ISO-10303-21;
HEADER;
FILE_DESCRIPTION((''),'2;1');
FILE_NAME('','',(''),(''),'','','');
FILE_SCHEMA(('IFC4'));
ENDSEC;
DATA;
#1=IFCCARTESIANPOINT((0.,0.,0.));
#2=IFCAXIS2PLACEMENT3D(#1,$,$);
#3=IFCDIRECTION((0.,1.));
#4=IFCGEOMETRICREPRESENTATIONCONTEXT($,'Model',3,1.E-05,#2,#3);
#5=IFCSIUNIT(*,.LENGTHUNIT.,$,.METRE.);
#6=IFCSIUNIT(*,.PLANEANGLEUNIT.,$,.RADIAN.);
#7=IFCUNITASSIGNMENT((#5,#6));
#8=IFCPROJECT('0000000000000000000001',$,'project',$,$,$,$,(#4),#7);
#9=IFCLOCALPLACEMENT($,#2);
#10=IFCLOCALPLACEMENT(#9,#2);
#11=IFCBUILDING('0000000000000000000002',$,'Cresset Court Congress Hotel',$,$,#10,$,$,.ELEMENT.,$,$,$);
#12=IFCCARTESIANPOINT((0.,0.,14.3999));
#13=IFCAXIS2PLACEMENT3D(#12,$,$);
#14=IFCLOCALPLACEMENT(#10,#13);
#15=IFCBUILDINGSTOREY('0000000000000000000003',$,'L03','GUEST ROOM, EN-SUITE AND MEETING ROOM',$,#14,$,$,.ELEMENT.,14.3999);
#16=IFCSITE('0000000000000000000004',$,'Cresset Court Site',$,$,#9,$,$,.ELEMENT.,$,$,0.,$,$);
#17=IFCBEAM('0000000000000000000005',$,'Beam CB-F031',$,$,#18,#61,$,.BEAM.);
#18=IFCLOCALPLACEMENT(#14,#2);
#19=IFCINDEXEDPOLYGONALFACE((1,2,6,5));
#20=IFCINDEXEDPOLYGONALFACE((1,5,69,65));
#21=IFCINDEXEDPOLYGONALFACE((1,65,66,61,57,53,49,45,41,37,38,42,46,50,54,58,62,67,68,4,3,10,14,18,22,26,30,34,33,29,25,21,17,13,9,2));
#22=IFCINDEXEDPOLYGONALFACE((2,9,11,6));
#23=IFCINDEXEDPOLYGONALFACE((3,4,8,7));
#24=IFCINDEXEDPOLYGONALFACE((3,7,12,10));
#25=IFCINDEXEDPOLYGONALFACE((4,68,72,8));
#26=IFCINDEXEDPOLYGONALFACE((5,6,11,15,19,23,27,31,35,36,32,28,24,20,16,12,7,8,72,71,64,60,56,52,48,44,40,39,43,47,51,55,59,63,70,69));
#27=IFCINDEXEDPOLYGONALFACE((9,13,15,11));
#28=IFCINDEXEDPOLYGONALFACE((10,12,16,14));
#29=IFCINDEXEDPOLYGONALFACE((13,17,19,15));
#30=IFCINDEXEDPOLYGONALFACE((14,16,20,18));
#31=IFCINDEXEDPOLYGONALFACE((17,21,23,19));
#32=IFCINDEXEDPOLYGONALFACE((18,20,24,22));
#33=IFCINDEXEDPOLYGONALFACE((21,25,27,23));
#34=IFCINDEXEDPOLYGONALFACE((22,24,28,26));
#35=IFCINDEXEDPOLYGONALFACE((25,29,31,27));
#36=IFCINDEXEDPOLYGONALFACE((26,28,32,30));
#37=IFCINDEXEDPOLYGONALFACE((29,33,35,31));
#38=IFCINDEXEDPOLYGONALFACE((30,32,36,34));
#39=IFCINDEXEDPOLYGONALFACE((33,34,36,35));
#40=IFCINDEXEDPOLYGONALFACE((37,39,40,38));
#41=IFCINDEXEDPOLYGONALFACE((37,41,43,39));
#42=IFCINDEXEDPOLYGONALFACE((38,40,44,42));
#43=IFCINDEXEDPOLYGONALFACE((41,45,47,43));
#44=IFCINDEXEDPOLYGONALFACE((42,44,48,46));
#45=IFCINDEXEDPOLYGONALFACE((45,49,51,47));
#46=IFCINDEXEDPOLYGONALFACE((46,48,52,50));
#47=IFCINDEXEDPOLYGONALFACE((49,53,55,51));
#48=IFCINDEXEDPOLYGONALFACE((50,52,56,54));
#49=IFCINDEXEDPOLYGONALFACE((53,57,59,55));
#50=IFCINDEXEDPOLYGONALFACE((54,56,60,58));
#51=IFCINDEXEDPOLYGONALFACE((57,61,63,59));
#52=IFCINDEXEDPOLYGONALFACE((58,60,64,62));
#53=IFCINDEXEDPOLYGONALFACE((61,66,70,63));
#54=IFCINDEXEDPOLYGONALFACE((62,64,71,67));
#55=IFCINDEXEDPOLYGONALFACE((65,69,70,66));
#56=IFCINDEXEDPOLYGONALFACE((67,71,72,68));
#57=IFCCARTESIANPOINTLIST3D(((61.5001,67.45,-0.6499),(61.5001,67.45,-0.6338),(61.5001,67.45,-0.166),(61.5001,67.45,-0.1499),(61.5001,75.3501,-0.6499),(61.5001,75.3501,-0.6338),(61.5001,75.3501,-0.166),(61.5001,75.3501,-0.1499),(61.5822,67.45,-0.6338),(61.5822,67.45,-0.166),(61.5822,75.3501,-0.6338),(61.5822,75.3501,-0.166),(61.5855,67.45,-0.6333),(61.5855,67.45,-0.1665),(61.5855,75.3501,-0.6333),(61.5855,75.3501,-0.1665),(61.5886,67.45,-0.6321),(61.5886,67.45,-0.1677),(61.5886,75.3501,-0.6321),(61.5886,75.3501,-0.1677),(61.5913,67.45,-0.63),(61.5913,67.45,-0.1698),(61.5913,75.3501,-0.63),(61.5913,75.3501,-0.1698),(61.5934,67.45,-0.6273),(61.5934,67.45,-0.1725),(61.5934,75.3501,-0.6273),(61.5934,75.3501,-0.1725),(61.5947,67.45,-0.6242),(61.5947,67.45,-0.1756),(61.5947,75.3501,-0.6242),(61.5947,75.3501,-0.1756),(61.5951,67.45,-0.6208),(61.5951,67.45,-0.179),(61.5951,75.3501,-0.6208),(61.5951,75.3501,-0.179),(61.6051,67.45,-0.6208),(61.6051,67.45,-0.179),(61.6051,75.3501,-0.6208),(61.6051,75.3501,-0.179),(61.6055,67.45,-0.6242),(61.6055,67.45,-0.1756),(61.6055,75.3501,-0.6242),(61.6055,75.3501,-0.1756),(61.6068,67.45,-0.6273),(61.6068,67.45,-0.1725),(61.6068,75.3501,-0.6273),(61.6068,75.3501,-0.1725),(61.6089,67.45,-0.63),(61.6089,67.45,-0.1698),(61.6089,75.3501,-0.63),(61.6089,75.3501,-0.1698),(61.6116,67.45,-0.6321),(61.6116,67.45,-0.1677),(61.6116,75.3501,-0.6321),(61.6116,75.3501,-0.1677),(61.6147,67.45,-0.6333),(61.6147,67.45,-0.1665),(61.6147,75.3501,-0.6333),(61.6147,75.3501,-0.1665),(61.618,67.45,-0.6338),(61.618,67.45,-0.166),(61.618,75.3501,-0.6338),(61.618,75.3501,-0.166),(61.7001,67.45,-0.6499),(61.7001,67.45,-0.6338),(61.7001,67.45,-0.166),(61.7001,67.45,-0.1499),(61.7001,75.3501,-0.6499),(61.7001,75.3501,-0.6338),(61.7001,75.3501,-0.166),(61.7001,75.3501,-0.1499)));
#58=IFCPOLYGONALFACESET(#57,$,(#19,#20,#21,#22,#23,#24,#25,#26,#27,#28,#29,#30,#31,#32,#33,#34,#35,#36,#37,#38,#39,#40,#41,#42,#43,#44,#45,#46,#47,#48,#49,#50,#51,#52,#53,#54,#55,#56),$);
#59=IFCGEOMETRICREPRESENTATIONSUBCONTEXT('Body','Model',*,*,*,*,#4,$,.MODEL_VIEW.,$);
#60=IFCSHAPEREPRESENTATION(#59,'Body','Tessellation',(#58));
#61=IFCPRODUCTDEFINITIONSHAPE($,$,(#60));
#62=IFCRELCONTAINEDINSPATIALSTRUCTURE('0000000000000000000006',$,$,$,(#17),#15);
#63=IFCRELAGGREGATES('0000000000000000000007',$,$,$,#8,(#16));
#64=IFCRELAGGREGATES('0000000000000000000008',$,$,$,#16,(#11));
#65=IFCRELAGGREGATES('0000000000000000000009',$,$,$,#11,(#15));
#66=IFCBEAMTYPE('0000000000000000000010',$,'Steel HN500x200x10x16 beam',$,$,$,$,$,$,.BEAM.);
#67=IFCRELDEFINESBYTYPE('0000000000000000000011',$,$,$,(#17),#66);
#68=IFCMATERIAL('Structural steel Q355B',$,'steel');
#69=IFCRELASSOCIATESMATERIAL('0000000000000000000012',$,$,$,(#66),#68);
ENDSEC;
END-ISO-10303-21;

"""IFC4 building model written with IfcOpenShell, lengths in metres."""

from ifc_helpers import new_model, si_unit, direction, frame, origin, origin_2d, place, context, subcontext, project, spatial, i_section, extrude, material, material_profile, profile_set, type_object, element, save


model = new_model("IFC4")

# Units and contexts
model_context = context("Model", 3, precision=1e-05, world=origin(), true_north=direction((0.0, 1.0)))
body_context = subcontext(model_context, "Body", "Model", "MODEL_VIEW")
ifc_project = project(units=[si_unit("LENGTHUNIT", "METRE"), si_unit("PLANEANGLEUNIT", "RADIAN")], contexts=[model_context])

# Site, building, storey
site_placement = place(None, origin())
site = spatial("IfcSite", under=ifc_project, at=site_placement, Name="Cresset Court Site", CompositionType="ELEMENT", RefElevation=0.0)
building_placement = place(site_placement, origin())
building = spatial("IfcBuilding", under=site, at=building_placement, Name="Cresset Court Congress Hotel", CompositionType="ELEMENT")
storey_placement = place(building_placement, frame((0.0, 0.0, 14.3999)))
storey = spatial("IfcBuildingStorey", under=building, at=storey_placement, Name="L03", Description="GUEST ROOM, EN-SUITE AND MEETING ROOM", CompositionType="ELEMENT", Elevation=14.3999)

# Beam
ifc_material_1 = material(Name="Structural steel Q355B", Category="steel")
ifc_material_profile = material_profile(ifc_material_1, i_section(OverallWidth=0.2, OverallDepth=0.5, WebThickness=0.01, FlangeThickness=0.0161, FilletRadius=0.0129, at=origin_2d()), Name="HN500x200x10x16")
ifc_profile_set = profile_set([ifc_material_profile], Name="Structural steel Q355B")
beam_type = type_object("IfcBeamType", Name="Steel HN500x200x10x16 beam", PredefinedType="BEAM", material=ifc_profile_set)
beam_placement = place(storey_placement, frame((61.6001, 67.45, -0.3999), z_axis=(0.0, 1.0, 0.0), x_axis=(-1.0, 0.0, 0.0)))
element("IfcBeam", 1, at=beam_placement, inside=storey, type_object=beam_type, Name="Beam CB-F031", PredefinedType="BEAM", context=body_context, shape_type="SweptSolid", body=[
    extrude(i_section(OverallWidth=0.2, OverallDepth=0.5, WebThickness=0.01, FlangeThickness=0.0161, FilletRadius=0.0129, at=origin_2d()), origin(), (0.0, 0.0, 1.0), 7.9001),
])

save(model, "model.ifc")
